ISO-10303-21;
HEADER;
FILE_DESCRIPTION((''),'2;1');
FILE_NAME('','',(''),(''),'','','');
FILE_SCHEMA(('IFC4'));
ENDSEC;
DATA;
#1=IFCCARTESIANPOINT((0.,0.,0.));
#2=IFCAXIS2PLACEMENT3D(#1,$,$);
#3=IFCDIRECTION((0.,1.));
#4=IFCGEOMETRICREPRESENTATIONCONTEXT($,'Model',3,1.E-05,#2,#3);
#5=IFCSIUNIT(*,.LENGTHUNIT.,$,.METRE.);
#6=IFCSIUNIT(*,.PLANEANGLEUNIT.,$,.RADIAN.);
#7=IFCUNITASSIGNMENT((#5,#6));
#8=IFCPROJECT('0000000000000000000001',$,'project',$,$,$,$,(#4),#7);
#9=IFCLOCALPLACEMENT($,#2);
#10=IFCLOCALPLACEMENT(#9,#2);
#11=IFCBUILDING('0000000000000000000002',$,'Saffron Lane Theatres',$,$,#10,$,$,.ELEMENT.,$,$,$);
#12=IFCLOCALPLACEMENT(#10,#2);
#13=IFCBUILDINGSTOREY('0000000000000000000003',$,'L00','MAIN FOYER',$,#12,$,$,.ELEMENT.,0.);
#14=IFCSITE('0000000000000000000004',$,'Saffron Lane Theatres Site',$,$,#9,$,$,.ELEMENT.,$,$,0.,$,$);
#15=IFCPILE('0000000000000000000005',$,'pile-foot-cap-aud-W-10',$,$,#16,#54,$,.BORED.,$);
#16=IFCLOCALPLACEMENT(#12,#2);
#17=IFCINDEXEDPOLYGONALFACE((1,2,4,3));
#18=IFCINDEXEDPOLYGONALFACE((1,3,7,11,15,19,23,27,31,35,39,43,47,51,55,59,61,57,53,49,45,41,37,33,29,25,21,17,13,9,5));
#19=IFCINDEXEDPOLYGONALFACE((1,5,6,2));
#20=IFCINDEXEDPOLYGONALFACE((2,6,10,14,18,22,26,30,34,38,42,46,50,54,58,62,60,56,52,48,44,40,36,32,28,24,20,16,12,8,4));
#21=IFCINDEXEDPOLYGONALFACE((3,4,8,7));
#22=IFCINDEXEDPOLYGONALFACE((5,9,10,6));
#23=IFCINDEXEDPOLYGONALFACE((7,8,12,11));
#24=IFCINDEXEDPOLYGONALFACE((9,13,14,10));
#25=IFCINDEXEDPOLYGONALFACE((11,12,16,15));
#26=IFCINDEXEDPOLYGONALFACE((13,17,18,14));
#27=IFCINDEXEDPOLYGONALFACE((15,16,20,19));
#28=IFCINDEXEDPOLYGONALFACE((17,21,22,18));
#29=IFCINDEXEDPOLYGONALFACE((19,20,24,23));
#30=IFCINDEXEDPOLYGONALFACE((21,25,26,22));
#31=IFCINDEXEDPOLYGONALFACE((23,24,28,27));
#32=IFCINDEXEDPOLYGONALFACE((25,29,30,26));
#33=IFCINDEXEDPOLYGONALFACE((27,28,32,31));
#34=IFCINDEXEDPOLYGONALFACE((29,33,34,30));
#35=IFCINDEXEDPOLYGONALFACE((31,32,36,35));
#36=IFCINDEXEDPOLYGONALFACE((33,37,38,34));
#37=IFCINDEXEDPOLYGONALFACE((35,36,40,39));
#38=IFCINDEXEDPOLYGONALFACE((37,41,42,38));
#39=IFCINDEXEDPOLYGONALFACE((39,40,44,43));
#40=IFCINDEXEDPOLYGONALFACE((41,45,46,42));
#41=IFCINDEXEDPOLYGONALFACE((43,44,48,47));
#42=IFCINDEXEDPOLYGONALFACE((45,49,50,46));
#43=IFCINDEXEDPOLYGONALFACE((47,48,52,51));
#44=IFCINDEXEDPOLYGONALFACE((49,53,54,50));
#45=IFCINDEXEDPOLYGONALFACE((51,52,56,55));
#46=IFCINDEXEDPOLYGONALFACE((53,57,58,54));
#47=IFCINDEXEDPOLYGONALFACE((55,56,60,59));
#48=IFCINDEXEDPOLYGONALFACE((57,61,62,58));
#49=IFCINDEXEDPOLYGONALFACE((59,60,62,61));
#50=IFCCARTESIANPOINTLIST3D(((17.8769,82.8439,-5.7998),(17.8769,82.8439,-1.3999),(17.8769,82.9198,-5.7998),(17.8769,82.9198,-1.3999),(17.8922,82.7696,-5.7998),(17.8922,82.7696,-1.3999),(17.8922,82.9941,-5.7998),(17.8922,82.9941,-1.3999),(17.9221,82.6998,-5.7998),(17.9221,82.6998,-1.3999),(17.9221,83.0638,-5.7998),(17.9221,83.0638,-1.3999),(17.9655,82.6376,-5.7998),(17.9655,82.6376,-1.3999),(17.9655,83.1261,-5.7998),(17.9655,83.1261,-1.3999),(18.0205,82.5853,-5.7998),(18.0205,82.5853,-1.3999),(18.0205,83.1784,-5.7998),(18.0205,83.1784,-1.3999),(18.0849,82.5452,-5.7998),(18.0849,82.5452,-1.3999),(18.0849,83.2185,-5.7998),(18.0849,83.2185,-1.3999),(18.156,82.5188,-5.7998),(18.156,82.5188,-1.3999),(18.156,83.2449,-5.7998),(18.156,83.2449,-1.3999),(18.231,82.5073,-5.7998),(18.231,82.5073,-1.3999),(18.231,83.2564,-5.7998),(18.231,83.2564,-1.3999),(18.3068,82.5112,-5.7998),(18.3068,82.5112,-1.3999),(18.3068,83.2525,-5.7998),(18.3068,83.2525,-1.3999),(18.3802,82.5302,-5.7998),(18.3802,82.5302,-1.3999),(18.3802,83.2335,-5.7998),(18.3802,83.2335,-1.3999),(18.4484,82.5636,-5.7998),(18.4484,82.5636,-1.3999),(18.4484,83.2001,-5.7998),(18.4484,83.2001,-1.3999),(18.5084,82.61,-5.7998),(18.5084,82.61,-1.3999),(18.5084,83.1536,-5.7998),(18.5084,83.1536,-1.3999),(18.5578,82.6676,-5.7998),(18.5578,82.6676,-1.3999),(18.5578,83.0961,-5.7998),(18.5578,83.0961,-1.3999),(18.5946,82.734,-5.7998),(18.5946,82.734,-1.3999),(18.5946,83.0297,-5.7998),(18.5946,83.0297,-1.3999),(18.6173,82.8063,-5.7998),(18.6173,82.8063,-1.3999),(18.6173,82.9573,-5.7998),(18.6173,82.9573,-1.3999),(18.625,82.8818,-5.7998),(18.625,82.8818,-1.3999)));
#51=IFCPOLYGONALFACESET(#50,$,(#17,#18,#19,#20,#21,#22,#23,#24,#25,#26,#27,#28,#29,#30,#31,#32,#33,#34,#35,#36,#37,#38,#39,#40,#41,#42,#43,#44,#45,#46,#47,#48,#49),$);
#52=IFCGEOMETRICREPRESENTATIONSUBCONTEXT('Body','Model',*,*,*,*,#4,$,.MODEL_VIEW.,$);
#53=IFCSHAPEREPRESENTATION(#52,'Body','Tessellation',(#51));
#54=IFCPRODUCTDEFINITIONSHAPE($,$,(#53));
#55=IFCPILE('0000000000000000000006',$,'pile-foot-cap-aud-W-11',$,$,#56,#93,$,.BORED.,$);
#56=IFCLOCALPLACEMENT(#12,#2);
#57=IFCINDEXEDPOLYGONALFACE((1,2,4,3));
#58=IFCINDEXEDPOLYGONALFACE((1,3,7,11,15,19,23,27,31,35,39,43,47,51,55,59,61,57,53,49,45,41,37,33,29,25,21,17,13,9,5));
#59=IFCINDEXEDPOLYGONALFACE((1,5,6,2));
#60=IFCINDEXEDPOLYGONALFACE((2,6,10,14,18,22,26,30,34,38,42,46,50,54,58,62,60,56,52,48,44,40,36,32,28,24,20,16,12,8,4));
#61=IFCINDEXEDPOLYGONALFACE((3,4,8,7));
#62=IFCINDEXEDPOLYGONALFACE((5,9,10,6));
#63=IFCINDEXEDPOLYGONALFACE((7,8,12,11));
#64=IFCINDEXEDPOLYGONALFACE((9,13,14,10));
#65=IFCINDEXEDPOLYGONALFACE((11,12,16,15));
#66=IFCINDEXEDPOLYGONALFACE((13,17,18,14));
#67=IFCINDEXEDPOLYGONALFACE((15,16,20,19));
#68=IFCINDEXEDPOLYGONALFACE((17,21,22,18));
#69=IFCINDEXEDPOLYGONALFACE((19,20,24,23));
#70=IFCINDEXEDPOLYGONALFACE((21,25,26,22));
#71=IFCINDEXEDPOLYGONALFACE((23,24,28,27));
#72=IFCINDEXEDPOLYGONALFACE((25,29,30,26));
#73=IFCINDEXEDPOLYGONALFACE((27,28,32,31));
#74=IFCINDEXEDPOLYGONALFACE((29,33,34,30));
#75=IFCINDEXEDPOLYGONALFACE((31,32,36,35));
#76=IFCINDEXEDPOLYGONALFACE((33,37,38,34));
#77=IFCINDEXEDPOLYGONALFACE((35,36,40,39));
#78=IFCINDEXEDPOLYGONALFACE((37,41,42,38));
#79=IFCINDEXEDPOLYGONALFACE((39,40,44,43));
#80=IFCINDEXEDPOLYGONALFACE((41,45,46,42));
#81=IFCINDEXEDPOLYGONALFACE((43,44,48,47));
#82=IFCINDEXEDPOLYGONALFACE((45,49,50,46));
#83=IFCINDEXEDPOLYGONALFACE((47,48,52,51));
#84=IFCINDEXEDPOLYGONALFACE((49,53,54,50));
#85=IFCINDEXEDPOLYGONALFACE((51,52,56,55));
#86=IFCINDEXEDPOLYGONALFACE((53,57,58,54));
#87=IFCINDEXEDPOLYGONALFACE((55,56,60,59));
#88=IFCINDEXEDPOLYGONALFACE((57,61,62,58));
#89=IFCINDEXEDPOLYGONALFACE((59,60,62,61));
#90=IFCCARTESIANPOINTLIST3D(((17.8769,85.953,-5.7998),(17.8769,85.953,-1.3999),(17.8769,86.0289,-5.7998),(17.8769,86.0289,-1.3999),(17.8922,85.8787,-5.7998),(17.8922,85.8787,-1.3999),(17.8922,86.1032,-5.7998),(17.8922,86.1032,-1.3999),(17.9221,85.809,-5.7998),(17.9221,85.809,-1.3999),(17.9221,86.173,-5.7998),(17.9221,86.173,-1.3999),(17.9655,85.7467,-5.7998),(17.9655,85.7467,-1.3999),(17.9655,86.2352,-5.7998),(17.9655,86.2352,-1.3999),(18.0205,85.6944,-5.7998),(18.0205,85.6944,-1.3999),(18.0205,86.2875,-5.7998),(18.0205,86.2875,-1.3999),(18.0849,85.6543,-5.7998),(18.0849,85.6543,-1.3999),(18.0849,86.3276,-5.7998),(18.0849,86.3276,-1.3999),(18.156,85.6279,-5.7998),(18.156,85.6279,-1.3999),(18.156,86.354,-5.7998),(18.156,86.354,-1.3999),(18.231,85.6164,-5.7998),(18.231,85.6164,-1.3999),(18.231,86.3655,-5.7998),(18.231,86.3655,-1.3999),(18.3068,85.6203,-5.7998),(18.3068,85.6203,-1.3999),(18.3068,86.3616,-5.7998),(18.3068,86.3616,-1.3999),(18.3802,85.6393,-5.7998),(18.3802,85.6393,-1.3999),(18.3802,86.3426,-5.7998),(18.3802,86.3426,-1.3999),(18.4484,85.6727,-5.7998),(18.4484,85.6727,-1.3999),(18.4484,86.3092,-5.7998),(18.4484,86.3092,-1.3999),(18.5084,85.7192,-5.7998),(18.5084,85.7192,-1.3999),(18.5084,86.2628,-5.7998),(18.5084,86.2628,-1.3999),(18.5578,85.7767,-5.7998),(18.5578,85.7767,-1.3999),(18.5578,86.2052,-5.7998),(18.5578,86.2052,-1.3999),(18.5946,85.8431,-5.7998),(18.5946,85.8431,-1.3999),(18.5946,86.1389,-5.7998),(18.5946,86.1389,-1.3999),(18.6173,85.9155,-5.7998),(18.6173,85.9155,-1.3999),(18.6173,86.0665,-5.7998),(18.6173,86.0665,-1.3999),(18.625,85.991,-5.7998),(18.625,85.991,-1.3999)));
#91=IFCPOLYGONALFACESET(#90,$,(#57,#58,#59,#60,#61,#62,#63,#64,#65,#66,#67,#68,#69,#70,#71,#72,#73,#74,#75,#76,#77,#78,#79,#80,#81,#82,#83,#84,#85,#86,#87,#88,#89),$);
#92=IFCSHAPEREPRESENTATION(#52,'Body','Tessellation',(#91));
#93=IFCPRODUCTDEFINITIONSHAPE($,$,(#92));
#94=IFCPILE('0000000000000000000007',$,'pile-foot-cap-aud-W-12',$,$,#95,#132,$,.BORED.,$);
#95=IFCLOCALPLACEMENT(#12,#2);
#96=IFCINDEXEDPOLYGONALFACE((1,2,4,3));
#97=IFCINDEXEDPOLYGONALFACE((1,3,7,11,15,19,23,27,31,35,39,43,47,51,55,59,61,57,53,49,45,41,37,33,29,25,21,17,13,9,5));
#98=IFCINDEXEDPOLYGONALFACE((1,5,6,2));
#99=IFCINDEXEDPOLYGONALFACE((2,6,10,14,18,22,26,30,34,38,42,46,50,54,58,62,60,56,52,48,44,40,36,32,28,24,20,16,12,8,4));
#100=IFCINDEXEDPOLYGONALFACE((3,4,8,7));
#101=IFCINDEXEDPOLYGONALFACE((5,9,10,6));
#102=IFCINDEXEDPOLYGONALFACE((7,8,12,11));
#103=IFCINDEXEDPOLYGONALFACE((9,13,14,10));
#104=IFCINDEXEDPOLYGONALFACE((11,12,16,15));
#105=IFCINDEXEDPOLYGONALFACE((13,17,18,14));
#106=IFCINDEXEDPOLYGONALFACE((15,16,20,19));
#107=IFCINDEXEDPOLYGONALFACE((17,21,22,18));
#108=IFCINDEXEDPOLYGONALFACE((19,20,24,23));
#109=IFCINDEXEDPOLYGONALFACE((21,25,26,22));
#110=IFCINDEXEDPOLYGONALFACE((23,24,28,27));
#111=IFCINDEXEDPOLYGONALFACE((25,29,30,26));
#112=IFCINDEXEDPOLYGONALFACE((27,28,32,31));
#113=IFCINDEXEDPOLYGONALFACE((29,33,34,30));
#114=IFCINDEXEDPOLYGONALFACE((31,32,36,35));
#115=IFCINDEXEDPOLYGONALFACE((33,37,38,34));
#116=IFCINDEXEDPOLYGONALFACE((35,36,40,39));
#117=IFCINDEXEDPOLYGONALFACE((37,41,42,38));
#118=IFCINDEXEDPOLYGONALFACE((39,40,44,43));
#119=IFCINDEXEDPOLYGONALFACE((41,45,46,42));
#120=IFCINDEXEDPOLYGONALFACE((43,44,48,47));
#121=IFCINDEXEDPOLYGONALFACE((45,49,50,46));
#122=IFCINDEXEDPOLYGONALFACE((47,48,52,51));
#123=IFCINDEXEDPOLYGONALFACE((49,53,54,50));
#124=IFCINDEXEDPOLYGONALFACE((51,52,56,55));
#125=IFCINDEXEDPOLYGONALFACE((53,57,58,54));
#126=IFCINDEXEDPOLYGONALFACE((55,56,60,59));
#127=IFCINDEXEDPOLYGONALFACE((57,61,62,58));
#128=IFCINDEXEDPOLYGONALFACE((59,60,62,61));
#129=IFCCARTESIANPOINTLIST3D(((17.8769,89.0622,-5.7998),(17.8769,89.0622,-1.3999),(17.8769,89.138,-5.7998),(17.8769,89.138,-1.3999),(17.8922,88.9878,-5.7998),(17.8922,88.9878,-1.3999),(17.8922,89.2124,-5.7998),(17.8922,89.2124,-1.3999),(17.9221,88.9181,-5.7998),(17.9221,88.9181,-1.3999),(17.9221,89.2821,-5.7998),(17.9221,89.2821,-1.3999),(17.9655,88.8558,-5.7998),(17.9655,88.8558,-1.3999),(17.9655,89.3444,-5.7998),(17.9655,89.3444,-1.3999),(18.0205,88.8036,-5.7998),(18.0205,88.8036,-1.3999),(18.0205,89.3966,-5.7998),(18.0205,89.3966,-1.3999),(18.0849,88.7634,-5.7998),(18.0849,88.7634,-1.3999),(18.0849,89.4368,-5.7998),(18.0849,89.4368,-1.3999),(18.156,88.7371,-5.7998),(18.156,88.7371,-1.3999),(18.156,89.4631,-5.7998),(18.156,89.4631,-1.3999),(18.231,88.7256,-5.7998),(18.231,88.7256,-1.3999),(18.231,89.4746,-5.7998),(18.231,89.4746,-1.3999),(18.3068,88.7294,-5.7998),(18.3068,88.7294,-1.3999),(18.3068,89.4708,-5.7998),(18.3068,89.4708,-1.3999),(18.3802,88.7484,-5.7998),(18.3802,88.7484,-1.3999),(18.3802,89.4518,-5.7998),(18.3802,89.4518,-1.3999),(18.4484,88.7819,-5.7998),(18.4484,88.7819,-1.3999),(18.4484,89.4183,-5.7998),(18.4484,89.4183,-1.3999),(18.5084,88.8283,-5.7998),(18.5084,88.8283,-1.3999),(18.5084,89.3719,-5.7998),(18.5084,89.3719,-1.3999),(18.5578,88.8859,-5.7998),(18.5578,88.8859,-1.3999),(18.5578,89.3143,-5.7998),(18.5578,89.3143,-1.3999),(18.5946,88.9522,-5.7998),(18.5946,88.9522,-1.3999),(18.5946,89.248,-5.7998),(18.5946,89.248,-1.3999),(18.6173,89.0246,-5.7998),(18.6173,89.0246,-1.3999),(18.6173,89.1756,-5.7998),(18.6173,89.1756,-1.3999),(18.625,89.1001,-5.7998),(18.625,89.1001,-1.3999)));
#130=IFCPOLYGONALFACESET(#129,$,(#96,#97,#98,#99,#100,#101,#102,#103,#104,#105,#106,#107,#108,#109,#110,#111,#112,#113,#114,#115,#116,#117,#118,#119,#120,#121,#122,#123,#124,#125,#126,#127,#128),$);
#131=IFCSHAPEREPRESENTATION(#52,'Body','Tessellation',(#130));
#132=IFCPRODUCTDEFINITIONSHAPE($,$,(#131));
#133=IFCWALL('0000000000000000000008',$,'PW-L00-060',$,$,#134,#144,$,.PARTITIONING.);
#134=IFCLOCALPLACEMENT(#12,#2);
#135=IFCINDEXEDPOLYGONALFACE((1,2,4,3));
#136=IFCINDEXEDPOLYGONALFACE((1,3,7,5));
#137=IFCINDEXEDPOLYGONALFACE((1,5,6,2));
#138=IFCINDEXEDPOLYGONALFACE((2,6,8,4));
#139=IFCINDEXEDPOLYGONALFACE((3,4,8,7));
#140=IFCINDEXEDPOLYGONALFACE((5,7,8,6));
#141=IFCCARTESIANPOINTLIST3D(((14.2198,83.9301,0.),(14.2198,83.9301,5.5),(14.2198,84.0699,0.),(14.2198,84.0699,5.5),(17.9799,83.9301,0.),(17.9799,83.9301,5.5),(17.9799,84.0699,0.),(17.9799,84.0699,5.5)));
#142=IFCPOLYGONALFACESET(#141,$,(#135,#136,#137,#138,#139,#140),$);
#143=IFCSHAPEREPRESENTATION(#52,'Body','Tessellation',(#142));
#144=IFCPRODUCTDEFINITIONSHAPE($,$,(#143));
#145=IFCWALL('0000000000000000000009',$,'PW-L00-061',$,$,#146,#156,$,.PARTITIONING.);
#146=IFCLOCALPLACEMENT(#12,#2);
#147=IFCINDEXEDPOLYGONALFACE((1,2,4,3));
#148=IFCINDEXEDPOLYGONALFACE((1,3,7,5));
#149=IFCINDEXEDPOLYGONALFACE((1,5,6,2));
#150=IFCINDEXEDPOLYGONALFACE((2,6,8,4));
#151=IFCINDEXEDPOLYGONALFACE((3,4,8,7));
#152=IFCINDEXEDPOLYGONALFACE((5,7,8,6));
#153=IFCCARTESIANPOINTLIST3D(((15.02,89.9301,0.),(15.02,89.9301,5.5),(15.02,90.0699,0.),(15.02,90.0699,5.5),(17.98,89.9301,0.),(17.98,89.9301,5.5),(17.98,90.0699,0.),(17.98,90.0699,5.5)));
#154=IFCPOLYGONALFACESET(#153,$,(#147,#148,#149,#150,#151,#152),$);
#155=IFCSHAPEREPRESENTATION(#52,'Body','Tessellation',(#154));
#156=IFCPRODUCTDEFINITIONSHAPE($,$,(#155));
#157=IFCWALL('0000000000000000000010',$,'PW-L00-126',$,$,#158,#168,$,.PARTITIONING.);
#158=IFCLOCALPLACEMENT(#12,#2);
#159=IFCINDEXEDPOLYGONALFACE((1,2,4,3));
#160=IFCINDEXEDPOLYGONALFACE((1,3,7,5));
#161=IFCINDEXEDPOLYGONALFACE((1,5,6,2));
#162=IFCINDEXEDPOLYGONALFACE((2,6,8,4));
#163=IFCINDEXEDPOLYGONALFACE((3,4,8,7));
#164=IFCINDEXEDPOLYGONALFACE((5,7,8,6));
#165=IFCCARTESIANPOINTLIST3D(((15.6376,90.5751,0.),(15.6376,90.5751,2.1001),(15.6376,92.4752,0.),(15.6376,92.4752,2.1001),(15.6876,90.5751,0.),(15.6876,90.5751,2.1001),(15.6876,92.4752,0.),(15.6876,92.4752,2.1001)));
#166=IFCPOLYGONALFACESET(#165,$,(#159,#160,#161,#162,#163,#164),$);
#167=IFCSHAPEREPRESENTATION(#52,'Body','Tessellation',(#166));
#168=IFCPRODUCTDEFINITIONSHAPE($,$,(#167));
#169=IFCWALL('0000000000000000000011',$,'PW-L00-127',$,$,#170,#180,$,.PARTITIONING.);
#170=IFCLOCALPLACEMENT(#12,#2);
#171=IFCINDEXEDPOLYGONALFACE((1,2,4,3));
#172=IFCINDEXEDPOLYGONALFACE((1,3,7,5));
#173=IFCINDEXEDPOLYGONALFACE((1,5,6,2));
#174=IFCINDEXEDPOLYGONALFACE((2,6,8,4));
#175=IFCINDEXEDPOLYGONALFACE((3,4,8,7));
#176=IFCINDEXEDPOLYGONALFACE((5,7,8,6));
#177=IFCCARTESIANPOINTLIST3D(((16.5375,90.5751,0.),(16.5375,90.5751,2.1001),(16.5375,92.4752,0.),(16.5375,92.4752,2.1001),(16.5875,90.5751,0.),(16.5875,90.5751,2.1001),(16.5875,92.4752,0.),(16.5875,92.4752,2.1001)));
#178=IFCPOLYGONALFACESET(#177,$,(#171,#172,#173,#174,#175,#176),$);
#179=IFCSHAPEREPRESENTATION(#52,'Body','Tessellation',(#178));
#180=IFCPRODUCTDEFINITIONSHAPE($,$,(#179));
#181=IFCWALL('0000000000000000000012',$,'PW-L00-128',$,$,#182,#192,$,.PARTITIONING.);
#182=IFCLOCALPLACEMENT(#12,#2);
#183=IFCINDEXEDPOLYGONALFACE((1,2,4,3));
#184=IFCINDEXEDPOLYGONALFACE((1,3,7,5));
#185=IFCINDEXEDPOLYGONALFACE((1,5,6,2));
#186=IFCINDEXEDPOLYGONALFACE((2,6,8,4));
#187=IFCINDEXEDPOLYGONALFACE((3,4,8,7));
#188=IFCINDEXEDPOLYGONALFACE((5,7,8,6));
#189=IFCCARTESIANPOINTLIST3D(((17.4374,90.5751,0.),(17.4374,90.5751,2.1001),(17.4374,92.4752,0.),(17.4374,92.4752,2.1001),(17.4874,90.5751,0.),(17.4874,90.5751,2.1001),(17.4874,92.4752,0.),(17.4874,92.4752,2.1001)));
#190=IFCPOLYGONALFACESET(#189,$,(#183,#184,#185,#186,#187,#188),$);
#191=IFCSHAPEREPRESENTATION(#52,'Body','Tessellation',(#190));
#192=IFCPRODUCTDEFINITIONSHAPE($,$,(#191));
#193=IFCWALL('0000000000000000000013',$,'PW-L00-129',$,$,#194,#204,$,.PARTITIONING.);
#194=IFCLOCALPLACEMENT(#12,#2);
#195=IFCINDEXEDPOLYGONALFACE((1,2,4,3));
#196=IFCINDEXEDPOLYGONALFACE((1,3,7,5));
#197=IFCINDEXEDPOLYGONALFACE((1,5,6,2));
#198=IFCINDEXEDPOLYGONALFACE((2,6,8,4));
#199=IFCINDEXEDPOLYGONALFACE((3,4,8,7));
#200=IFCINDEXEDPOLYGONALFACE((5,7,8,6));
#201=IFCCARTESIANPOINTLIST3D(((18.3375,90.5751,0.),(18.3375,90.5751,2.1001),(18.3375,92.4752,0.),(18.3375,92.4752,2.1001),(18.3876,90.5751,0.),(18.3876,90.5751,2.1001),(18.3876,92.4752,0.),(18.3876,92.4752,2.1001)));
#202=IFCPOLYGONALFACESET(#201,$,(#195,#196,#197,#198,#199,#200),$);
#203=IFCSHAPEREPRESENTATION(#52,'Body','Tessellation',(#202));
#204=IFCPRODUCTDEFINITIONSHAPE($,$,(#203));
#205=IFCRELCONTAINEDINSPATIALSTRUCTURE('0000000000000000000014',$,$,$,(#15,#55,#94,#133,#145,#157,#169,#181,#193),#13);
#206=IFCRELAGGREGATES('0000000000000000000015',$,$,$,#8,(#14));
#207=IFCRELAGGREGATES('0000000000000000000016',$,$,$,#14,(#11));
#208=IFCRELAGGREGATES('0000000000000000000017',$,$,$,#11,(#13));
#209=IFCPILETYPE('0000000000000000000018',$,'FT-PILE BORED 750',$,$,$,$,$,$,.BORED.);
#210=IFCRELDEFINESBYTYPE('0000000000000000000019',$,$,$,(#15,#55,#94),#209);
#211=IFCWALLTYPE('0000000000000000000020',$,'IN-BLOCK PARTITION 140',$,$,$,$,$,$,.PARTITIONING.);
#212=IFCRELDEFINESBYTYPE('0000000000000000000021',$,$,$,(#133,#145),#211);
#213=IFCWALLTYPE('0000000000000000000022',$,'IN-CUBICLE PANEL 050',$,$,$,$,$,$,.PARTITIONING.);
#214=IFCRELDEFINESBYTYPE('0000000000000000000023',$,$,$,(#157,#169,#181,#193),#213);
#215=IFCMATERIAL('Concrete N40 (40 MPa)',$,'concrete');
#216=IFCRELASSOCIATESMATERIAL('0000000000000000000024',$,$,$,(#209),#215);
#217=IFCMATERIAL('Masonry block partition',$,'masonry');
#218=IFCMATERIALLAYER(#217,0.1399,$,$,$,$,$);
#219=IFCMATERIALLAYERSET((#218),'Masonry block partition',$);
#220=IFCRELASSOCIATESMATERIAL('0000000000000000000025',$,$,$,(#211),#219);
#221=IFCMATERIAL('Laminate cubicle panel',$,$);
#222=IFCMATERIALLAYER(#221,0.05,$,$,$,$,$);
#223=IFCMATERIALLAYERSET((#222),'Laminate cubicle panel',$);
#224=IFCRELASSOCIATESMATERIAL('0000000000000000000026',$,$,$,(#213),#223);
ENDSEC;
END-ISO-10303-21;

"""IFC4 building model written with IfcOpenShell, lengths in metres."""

from ifc_helpers import new_model, si_unit, direction, frame, frame_2d, origin, origin_2d, place, context, subcontext, project, spatial, rectangle, circle, extrude, material, layer, layer_set, material_profile, profile_set, type_object, element, save


model = new_model("IFC4")

# Units and contexts
model_context = context("Model", 3, precision=1e-05, world=origin(), true_north=direction((0.0, 1.0)))
body_context = subcontext(model_context, "Body", "Model", "MODEL_VIEW")
ifc_project = project(units=[si_unit("LENGTHUNIT", "METRE"), si_unit("PLANEANGLEUNIT", "RADIAN")], contexts=[model_context])

# Site, building, storey
site_placement = place(None, origin())
site = spatial("IfcSite", under=ifc_project, at=site_placement, Name="Saffron Lane Theatres Site", CompositionType="ELEMENT", RefElevation=0.0)
building_placement = place(site_placement, origin())
building = spatial("IfcBuilding", under=site, at=building_placement, Name="Saffron Lane Theatres", CompositionType="ELEMENT")
storey_placement = place(building_placement, origin())
storey = spatial("IfcBuildingStorey", under=building, at=storey_placement, Name="L00", Description="MAIN FOYER", CompositionType="ELEMENT", Elevation=0.0)

# Piles
ifc_material_1 = material(Name="Concrete N40 (40 MPa)", Category="concrete")
ifc_material_profile = material_profile(ifc_material_1, circle(Radius=0.375, at=origin_2d()))
ifc_profile_set = profile_set([ifc_material_profile], Name="Concrete N40 (40 MPa)")
pile_type = type_object("IfcPileType", Name="FT-PILE BORED 750", PredefinedType="BORED", material=ifc_profile_set)
for number, where, z_axis, x_axis, name in (
    (1, (18.25, 82.8818, -1.3999), (0.0, 0.0, -1.0), (1.0, 0.0, 0.0), "pile-foot-cap-aud-W-10"),
    (2, (18.25, 85.991, -1.3999), (0.0, 0.0, -1.0), (1.0, 0.0, 0.0), "pile-foot-cap-aud-W-11"),
    (3, (18.25, 89.1001, -1.3999), (0.0, 0.0, -1.0), (1.0, 0.0, 0.0), "pile-foot-cap-aud-W-12"),
):
    element("IfcPile", number, at=place(storey_placement, frame(where, z_axis=z_axis, x_axis=x_axis)), inside=storey, type_object=pile_type, Name=name, PredefinedType="BORED", context=body_context, shape_type="SweptSolid", body=[
        extrude(circle(Radius=0.375, at=origin_2d()), origin(), (0.0, 0.0, 1.0), 4.3999),
    ])

# Walls
ifc_material_2 = material(Name="Masonry block partition", Category="masonry")
ifc_layer_1 = layer(ifc_material_2, 0.1399)
ifc_layer_set_1 = layer_set([ifc_layer_1], Name="Masonry block partition")
wall_type_1 = type_object("IfcWallType", Name="IN-BLOCK PARTITION 140", PredefinedType="PARTITIONING", material=ifc_layer_set_1)
wall_1_placement = place(storey_placement, frame((14.22, 84.0, 0.0), z_axis=(0.0, 0.0, 1.0), x_axis=(1.0, 0.0, 0.0)))
element("IfcWall", 4, at=wall_1_placement, inside=storey, type_object=wall_type_1, Name="PW-L00-060", PredefinedType="PARTITIONING", context=body_context, shape_type="SweptSolid", body=[
    extrude(rectangle(XDim=3.76, YDim=0.1399, at=frame_2d((1.8799, 0.0))), origin(), (0.0, 0.0, 1.0), 5.5),
])
wall_2_placement = place(storey_placement, frame((15.02, 90.0, 0.0), z_axis=(0.0, 0.0, 1.0), x_axis=(1.0, 0.0, 0.0)))
element("IfcWall", 5, at=wall_2_placement, inside=storey, type_object=wall_type_1, Name="PW-L00-061", PredefinedType="PARTITIONING", context=body_context, shape_type="SweptSolid", body=[
    extrude(rectangle(XDim=2.96, YDim=0.1399, at=frame_2d((1.48, 0.0))), origin(), (0.0, 0.0, 1.0), 5.5),
])
ifc_material_3 = material(Name="Laminate cubicle panel")
ifc_layer_2 = layer(ifc_material_3, 0.05)
ifc_layer_set_2 = layer_set([ifc_layer_2], Name="Laminate cubicle panel")
wall_type_2 = type_object("IfcWallType", Name="IN-CUBICLE PANEL 050", PredefinedType="PARTITIONING", material=ifc_layer_set_2)
for number, where, z_axis, x_axis, name in (
    (6, (15.6626, 90.575, 0.0), (0.0, 0.0, 1.0), (0.0, 1.0, 0.0), "PW-L00-126"),
    (7, (16.5625, 90.575, 0.0), (0.0, 0.0, 1.0), (0.0, 1.0, 0.0), "PW-L00-127"),
    (8, (17.4624, 90.575, 0.0), (0.0, 0.0, 1.0), (0.0, 1.0, 0.0), "PW-L00-128"),
    (9, (18.3625, 90.575, 0.0), (0.0, 0.0, 1.0), (0.0, 1.0, 0.0), "PW-L00-129"),
):
    element("IfcWall", number, at=place(storey_placement, frame(where, z_axis=z_axis, x_axis=x_axis)), inside=storey, type_object=wall_type_2, Name=name, PredefinedType="PARTITIONING", context=body_context, shape_type="SweptSolid", body=[
        extrude(rectangle(XDim=1.9001, YDim=0.05, at=frame_2d((0.9502, 0.0))), origin(), (0.0, 0.0, 1.0), 2.1001),
    ])

save(model, "model.ifc")
